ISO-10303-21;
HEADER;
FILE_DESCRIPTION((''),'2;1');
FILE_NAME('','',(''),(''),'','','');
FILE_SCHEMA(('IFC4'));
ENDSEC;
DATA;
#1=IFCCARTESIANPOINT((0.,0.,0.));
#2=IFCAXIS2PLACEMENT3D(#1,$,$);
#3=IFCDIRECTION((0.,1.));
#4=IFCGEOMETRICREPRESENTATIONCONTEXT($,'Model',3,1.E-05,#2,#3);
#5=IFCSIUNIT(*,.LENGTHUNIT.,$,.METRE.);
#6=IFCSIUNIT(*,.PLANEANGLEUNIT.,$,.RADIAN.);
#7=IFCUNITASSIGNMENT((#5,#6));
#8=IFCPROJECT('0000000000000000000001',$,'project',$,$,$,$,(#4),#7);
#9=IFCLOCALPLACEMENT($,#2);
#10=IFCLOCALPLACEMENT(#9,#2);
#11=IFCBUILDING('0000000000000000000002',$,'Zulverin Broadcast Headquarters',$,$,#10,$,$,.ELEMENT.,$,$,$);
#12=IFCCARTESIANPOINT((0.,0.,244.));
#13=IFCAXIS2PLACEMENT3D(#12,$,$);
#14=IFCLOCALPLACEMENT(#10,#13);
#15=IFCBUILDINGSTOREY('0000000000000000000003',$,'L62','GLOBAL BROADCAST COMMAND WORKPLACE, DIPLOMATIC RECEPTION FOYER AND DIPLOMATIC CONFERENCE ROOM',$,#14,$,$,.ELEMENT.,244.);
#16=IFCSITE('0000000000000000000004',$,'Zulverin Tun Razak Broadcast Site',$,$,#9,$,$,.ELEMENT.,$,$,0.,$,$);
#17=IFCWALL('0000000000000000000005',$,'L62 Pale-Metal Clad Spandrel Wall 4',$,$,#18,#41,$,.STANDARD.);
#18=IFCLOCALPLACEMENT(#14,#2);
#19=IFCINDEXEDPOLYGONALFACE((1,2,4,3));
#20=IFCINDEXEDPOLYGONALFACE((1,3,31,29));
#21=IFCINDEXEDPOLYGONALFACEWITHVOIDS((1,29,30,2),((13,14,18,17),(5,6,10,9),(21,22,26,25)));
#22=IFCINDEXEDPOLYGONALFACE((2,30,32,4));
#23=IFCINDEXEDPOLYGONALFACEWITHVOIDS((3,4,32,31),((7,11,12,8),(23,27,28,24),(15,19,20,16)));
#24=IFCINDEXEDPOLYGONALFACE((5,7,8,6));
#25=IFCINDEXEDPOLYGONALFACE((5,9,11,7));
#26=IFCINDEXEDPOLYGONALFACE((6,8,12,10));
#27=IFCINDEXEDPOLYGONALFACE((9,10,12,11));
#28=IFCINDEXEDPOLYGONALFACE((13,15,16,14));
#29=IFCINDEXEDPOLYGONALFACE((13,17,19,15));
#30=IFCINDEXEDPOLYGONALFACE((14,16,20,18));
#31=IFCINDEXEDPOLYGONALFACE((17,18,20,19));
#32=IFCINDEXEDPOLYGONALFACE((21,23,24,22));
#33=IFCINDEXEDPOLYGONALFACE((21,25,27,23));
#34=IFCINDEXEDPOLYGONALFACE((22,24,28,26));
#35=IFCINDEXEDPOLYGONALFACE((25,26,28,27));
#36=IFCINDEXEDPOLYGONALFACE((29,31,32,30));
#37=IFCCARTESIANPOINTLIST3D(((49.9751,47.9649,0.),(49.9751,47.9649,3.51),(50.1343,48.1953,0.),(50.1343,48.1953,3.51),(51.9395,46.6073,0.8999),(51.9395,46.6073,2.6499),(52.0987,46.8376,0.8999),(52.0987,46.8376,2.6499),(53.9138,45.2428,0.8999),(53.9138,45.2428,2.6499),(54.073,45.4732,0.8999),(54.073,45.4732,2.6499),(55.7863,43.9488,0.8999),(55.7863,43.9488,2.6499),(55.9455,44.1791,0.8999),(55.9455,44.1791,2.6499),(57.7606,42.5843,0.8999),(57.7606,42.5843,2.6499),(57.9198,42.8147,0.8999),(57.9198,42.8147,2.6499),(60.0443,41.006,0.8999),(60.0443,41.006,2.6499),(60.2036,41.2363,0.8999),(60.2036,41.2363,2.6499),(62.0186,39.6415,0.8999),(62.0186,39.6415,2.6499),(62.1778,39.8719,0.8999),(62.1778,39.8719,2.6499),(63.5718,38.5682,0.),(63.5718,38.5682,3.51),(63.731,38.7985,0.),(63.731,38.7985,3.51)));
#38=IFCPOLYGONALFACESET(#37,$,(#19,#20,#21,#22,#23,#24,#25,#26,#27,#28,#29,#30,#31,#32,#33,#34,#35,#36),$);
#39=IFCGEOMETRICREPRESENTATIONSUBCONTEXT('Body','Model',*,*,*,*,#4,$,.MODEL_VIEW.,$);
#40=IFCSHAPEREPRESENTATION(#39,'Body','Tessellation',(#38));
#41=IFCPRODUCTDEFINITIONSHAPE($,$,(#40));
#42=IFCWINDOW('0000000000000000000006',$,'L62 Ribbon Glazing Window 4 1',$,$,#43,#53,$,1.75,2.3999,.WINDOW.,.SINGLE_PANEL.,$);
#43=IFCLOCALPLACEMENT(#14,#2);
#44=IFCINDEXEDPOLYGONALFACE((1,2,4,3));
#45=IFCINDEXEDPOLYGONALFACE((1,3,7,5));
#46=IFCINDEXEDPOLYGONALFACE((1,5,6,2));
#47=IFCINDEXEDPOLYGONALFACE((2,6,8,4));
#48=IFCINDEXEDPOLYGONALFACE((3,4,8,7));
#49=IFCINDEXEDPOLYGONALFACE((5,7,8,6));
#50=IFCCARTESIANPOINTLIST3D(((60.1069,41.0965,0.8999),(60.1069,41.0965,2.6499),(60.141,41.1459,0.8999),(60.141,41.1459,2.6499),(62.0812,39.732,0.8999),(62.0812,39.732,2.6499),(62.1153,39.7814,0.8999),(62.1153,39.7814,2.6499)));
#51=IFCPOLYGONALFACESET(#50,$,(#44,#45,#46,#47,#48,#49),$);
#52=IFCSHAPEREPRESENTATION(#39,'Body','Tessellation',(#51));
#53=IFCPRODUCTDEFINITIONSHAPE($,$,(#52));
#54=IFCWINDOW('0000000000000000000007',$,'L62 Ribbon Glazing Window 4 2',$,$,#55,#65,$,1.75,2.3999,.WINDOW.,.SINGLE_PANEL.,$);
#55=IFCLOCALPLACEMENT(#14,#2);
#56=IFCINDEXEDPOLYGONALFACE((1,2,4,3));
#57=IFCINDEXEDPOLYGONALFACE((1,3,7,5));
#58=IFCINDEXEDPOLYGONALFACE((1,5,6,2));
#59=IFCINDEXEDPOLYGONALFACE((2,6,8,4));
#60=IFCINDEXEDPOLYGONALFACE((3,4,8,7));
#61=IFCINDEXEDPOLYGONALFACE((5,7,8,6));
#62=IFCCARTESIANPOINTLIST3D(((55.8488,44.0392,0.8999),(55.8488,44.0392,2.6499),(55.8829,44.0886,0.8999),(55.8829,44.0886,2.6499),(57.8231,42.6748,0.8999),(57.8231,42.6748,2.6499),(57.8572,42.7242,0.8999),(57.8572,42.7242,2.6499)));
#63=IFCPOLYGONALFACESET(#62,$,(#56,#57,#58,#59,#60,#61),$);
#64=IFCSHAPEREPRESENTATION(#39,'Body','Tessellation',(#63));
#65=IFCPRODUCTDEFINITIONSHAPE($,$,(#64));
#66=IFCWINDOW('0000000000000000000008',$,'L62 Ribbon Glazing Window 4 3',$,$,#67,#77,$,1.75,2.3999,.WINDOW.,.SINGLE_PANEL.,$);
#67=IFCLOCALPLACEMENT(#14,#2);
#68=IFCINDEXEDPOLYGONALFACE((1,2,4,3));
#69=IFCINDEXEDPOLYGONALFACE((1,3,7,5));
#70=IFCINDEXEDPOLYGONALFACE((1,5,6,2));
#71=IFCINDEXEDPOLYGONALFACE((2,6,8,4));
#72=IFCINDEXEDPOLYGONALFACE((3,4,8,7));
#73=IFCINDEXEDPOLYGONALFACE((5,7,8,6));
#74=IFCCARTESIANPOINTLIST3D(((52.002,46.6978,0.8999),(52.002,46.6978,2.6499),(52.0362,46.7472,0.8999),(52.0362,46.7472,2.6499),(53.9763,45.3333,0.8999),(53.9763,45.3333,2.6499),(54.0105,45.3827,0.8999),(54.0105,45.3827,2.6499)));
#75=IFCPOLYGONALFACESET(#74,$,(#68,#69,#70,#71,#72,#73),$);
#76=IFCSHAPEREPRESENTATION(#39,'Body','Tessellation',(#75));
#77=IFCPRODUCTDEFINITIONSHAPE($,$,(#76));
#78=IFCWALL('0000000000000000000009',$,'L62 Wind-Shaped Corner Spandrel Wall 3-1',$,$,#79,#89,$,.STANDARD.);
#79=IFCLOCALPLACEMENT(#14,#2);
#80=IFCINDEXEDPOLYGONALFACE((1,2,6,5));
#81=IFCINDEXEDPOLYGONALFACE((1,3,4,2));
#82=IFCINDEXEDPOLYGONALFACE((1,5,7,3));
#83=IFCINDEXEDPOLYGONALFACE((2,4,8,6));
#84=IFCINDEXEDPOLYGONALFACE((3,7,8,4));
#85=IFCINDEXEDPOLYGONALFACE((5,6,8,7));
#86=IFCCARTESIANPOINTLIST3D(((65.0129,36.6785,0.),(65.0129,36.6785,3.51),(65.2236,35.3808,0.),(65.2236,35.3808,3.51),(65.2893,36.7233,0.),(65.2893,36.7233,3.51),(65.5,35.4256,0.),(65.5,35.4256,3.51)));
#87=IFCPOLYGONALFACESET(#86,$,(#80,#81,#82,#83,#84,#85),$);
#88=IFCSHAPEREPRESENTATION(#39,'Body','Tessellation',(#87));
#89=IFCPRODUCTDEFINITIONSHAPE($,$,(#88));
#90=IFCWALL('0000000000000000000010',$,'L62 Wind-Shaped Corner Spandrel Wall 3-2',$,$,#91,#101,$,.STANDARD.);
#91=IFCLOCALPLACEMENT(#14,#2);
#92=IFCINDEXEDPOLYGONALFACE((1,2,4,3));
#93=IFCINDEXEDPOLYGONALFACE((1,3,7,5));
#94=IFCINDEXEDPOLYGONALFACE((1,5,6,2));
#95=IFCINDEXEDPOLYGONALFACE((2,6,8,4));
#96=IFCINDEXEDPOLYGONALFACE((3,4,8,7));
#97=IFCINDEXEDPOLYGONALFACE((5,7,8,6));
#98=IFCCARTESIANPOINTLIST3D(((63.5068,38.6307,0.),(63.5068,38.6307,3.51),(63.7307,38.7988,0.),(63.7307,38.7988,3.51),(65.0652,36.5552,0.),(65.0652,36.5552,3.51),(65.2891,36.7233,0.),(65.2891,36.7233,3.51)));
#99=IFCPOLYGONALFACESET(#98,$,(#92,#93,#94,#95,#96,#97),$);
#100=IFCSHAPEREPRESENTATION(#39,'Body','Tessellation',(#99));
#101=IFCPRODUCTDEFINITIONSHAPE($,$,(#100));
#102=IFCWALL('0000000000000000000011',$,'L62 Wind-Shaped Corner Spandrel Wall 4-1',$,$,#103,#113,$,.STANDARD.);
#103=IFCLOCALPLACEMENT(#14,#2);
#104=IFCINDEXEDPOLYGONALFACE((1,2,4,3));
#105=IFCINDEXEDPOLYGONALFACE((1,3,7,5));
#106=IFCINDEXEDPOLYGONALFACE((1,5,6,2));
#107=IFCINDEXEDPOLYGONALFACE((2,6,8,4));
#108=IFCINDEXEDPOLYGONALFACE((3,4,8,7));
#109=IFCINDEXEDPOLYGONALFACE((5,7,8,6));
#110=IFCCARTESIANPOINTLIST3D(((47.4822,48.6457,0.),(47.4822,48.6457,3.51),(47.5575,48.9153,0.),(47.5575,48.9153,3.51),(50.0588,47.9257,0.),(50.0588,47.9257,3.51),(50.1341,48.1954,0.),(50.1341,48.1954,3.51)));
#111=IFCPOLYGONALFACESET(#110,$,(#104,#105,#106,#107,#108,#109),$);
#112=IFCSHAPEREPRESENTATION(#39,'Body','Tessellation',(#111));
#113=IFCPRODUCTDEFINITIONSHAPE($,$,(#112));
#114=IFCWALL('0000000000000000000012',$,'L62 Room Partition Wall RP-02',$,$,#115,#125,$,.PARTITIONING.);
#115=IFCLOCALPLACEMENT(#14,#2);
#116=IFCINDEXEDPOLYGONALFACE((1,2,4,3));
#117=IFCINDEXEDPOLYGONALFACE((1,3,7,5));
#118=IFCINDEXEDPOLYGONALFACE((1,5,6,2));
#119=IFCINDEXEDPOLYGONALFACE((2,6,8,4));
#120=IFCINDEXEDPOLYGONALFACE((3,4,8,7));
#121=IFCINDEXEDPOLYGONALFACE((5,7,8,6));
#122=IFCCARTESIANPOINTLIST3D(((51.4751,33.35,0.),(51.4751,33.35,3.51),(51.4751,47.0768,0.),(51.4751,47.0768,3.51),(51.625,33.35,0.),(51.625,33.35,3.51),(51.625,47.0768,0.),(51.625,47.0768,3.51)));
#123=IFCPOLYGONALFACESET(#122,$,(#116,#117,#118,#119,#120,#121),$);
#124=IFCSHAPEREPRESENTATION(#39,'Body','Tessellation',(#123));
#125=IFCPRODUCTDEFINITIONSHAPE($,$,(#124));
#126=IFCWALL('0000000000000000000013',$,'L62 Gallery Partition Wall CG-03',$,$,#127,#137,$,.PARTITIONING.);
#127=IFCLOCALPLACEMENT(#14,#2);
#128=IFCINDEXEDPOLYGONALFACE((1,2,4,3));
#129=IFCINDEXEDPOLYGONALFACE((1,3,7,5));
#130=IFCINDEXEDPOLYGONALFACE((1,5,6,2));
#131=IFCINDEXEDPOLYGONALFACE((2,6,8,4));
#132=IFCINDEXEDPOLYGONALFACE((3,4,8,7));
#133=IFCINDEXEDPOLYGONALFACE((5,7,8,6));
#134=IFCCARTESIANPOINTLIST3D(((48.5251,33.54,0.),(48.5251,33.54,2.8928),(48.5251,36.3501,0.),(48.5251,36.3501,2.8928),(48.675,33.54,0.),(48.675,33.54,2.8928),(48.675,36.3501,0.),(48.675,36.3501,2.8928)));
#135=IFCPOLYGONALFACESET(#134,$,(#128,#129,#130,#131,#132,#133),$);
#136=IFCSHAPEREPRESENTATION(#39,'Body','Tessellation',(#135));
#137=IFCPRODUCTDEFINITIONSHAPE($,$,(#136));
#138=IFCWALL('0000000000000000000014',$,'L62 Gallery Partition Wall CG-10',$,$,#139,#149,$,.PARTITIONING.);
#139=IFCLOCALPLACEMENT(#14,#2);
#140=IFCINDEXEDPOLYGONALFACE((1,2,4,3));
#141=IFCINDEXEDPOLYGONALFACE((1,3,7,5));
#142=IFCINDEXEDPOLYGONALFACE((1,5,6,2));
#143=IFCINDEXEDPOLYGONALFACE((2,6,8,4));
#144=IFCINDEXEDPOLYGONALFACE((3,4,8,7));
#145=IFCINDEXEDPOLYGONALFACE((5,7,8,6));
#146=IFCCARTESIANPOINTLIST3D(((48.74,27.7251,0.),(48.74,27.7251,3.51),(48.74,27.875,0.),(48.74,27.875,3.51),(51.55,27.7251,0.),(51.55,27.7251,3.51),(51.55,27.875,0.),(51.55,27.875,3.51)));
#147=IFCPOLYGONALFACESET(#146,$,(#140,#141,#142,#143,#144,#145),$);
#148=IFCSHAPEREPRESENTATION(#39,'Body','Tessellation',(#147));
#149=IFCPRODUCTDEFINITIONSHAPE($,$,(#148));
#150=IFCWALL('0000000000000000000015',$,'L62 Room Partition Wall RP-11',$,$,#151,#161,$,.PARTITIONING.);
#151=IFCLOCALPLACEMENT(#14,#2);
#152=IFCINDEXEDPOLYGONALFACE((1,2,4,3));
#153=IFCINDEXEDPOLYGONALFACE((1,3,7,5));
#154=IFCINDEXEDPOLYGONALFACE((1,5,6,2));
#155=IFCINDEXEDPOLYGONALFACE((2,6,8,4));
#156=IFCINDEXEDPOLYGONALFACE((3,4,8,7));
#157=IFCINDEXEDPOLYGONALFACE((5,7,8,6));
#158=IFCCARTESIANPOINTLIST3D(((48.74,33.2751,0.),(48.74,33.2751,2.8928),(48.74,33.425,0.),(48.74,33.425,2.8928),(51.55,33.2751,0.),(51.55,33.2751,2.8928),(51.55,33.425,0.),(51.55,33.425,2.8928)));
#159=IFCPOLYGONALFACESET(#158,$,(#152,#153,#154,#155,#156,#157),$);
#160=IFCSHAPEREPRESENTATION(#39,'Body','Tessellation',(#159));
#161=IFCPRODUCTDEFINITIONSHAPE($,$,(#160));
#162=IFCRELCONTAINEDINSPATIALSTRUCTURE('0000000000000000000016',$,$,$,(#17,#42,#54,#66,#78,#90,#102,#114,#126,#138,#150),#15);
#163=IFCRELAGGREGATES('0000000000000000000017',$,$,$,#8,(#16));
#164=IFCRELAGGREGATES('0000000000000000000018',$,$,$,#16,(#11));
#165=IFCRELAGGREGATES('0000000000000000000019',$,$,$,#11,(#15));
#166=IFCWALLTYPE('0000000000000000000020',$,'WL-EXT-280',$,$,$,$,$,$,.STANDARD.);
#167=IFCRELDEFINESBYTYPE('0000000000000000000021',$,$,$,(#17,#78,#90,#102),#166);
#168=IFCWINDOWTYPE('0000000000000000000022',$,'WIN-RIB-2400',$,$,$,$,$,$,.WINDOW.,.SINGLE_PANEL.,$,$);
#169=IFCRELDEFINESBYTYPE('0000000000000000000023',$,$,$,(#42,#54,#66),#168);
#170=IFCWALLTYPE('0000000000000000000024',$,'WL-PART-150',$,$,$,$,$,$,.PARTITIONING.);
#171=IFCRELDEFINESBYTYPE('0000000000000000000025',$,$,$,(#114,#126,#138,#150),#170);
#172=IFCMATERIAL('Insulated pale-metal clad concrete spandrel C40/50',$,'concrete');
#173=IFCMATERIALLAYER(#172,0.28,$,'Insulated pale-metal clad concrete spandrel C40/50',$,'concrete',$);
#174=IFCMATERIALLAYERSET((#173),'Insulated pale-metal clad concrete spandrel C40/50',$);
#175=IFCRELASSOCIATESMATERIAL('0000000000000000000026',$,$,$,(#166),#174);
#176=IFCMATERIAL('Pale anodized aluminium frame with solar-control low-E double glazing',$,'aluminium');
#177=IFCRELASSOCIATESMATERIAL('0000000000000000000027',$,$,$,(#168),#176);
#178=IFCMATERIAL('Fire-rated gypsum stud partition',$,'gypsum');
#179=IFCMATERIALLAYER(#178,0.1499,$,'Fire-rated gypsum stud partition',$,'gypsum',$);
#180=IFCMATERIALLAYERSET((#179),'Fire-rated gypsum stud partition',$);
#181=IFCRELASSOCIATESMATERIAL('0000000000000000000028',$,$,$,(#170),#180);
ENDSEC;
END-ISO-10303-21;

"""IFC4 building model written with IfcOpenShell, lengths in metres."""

from ifc_helpers import new_model, si_unit, direction, frame, frame_2d, origin, place, context, subcontext, project, spatial, rectangle, extrude, material, layer, layer_set, type_object, element, fill, save


model = new_model("IFC4")

# Units and contexts
model_context = context("Model", 3, precision=1e-05, world=origin(), true_north=direction((0.0, 1.0)))
body_context = subcontext(model_context, "Body", "Model", "MODEL_VIEW")
ifc_project = project(units=[si_unit("LENGTHUNIT", "METRE"), si_unit("PLANEANGLEUNIT", "RADIAN")], contexts=[model_context])

# Site, building, storey
site_placement = place(None, origin())
site = spatial("IfcSite", under=ifc_project, at=site_placement, Name="Zulverin Tun Razak Broadcast Site", CompositionType="ELEMENT", RefElevation=0.0)
building_placement = place(site_placement, origin())
building = spatial("IfcBuilding", under=site, at=building_placement, Name="Zulverin Broadcast Headquarters", CompositionType="ELEMENT")
storey_placement = place(building_placement, frame((0.0, 0.0, 244.0)))
storey = spatial("IfcBuildingStorey", under=building, at=storey_placement, Name="L62", Description="GLOBAL BROADCAST COMMAND WORKPLACE, DIPLOMATIC RECEPTION FOYER AND DIPLOMATIC CONFERENCE ROOM", CompositionType="ELEMENT", Elevation=244.0)

# Wall, openings, windows
ifc_material_1 = material(Name="Insulated pale-metal clad concrete spandrel C40/50", Category="concrete")
ifc_layer_1 = layer(ifc_material_1, 0.28, Name="Insulated pale-metal clad concrete spandrel C40/50", Category="concrete")
ifc_layer_set_1 = layer_set([ifc_layer_1], Name="Insulated pale-metal clad concrete spandrel C40/50")
wall_type_1 = type_object("IfcWallType", Name="WL-EXT-280", PredefinedType="STANDARD", material=ifc_layer_set_1)
wall_1_placement = place(storey_placement, frame((63.6514, 38.6833, 0.0), z_axis=(0.0, 0.0, 1.0), x_axis=(-0.822655, 0.568541, 0.0)))
wall_1 = element("IfcWall", 1, at=wall_1_placement, inside=storey, type_object=wall_type_1, Name="L62 Pale-Metal Clad Spandrel Wall 4", PredefinedType="STANDARD", context=body_context, shape_type="SweptSolid", body=[
    extrude(rectangle(XDim=16.5278, YDim=0.28, at=frame_2d((8.2639, 0.0))), origin(), (0.0, 0.0, 1.0), 3.51),
])
opening_1_placement = place(wall_1_placement, frame((1.8879, 0.0, 0.8999)))
opening_1 = element("IfcOpeningElement", 2, at=opening_1_placement, cuts=wall_1, PredefinedType="OPENING", context=body_context, shape_type="SweptSolid", body=[
    extrude(rectangle(XDim=2.3999, YDim=1.75, at=frame_2d((1.2, 0.875))), frame((0.0, 0.1499, 0.0), z_axis=(0.0, -1.0, 0.0), x_axis=(1.0, 0.0, 0.0)), (0.0, 0.0, 1.0), 0.3),
])
opening_2_placement = place(wall_1_placement, frame((7.064, 0.0, 0.8999)))
opening_2 = element("IfcOpeningElement", 3, at=opening_2_placement, cuts=wall_1, PredefinedType="OPENING", context=body_context, shape_type="SweptSolid", body=[
    extrude(rectangle(XDim=2.3999, YDim=1.75, at=frame_2d((1.2, 0.875))), frame((0.0, 0.1499, 0.0), z_axis=(0.0, -1.0, 0.0), x_axis=(1.0, 0.0, 0.0)), (0.0, 0.0, 1.0), 0.3),
])
opening_3_placement = place(wall_1_placement, frame((11.74, 0.0, 0.8999)))
opening_3 = element("IfcOpeningElement", 4, at=opening_3_placement, cuts=wall_1, PredefinedType="OPENING", context=body_context, shape_type="SweptSolid", body=[
    extrude(rectangle(XDim=2.3999, YDim=1.75, at=frame_2d((1.2, 0.875))), frame((0.0, 0.1499, 0.0), z_axis=(0.0, -1.0, 0.0), x_axis=(1.0, 0.0, 0.0)), (0.0, 0.0, 1.0), 0.3),
])
ifc_material_2 = material(Name="Pale anodized aluminium frame with solar-control low-E double glazing", Category="aluminium")
window_type = type_object("IfcWindowType", Name="WIN-RIB-2400", PartitioningType="SINGLE_PANEL", PredefinedType="WINDOW", material=ifc_material_2)
window_1_placement = place(opening_1_placement, origin())
window_1 = element("IfcWindow", 5, at=window_1_placement, inside=storey, type_object=window_type, Name="L62 Ribbon Glazing Window 4 1", OverallHeight=1.75, OverallWidth=2.3999, PartitioningType="SINGLE_PANEL", PredefinedType="WINDOW", context=body_context, shape_type="SweptSolid", body=[
    extrude(rectangle(XDim=2.3999, YDim=1.75, at=frame_2d((1.2, 0.875))), frame((0.0, 0.03, 0.0), z_axis=(0.0, -1.0, 0.0), x_axis=(1.0, 0.0, 0.0)), (0.0, 0.0, 1.0), 0.0601),
])
fill(opening_1, window_1)
window_2_placement = place(opening_2_placement, origin())
window_2 = element("IfcWindow", 6, at=window_2_placement, inside=storey, type_object=window_type, Name="L62 Ribbon Glazing Window 4 2", OverallHeight=1.75, OverallWidth=2.3999, PartitioningType="SINGLE_PANEL", PredefinedType="WINDOW", context=body_context, shape_type="SweptSolid", body=[
    extrude(rectangle(XDim=2.3999, YDim=1.75, at=frame_2d((1.2, 0.875))), frame((0.0, 0.03, 0.0), z_axis=(0.0, -1.0, 0.0), x_axis=(1.0, 0.0, 0.0)), (0.0, 0.0, 1.0), 0.0601),
])
fill(opening_2, window_2)
window_3_placement = place(opening_3_placement, origin())
window_3 = element("IfcWindow", 7, at=window_3_placement, inside=storey, type_object=window_type, Name="L62 Ribbon Glazing Window 4 3", OverallHeight=1.75, OverallWidth=2.3999, PartitioningType="SINGLE_PANEL", PredefinedType="WINDOW", context=body_context, shape_type="SweptSolid", body=[
    extrude(rectangle(XDim=2.3999, YDim=1.75, at=frame_2d((1.2, 0.875))), frame((0.0, 0.03, 0.0), z_axis=(0.0, -1.0, 0.0), x_axis=(1.0, 0.0, 0.0)), (0.0, 0.0, 1.0), 0.0601),
])
fill(opening_3, window_3)

# Walls
wall_2_placement = place(storey_placement, frame((65.3618, 35.4033, 0.0), z_axis=(0.0, 0.0, 1.0), x_axis=(-0.160272, 0.987073, 0.0)))
element("IfcWall", 8, at=wall_2_placement, inside=storey, type_object=wall_type_1, Name="L62 Wind-Shaped Corner Spandrel Wall 3-1", PredefinedType="STANDARD", context=body_context, shape_type="SweptSolid", body=[
    extrude(rectangle(XDim=1.3147, YDim=0.28, at=frame_2d((0.6572, 0.0))), origin(), (0.0, 0.0, 1.0), 3.51),
])
wall_3_placement = place(storey_placement, frame((65.1772, 36.6392, 0.0), z_axis=(0.0, 0.0, 1.0), x_axis=(-0.600436, 0.799673, 0.0)))
element("IfcWall", 9, at=wall_3_placement, inside=storey, type_object=wall_type_1, Name="L62 Wind-Shaped Corner Spandrel Wall 3-2", PredefinedType="STANDARD", context=body_context, shape_type="SweptSolid", body=[
    extrude(rectangle(XDim=2.5955, YDim=0.28, at=frame_2d((1.2979, 0.0))), origin(), (0.0, 0.0, 1.0), 3.51),
])
wall_4_placement = place(storey_placement, frame((50.0964, 48.0605, 0.0), z_axis=(0.0, 0.0, 1.0), x_axis=(-0.963109, 0.269112, 0.0)))
element("IfcWall", 10, at=wall_4_placement, inside=storey, type_object=wall_type_1, Name="L62 Wind-Shaped Corner Spandrel Wall 4-1", PredefinedType="STANDARD", context=body_context, shape_type="SweptSolid", body=[
    extrude(rectangle(XDim=2.6753, YDim=0.28, at=frame_2d((1.3376, 0.0))), origin(), (0.0, 0.0, 1.0), 3.51),
])
ifc_material_3 = material(Name="Fire-rated gypsum stud partition", Category="gypsum")
ifc_layer_2 = layer(ifc_material_3, 0.1499, Name="Fire-rated gypsum stud partition", Category="gypsum")
ifc_layer_set_2 = layer_set([ifc_layer_2], Name="Fire-rated gypsum stud partition")
wall_type_2 = type_object("IfcWallType", Name="WL-PART-150", PredefinedType="PARTITIONING", material=ifc_layer_set_2)
wall_5_placement = place(storey_placement, frame((51.55, 33.3501, 0.0), z_axis=(0.0, 0.0, 1.0), x_axis=(0.0, 1.0, 0.0)))
element("IfcWall", 11, at=wall_5_placement, inside=storey, type_object=wall_type_2, Name="L62 Room Partition Wall RP-02", PredefinedType="PARTITIONING", context=body_context, shape_type="SweptSolid", body=[
    extrude(rectangle(XDim=13.7268, YDim=0.1499, at=frame_2d((6.8633, 0.0))), origin(), (0.0, 0.0, 1.0), 3.51),
])
wall_6_placement = place(storey_placement, frame((48.6001, 33.54, 0.0), z_axis=(0.0, 0.0, 1.0), x_axis=(0.0, 1.0, 0.0)))
element("IfcWall", 12, at=wall_6_placement, inside=storey, type_object=wall_type_2, Name="L62 Gallery Partition Wall CG-03", PredefinedType="PARTITIONING", context=body_context, shape_type="SweptSolid", body=[
    extrude(rectangle(XDim=2.8101, YDim=0.1499, at=frame_2d((1.405, 0.0))), origin(), (0.0, 0.0, 1.0), 2.8928),
])
wall_7_placement = place(storey_placement, frame((48.74, 27.8, 0.0), z_axis=(0.0, 0.0, 1.0), x_axis=(1.0, 0.0, 0.0)))
element("IfcWall", 13, at=wall_7_placement, inside=storey, type_object=wall_type_2, Name="L62 Gallery Partition Wall CG-10", PredefinedType="PARTITIONING", context=body_context, shape_type="SweptSolid", body=[
    extrude(rectangle(XDim=2.8101, YDim=0.1499, at=frame_2d((1.405, 0.0))), origin(), (0.0, 0.0, 1.0), 3.51),
])
wall_8_placement = place(storey_placement, frame((48.74, 33.3501, 0.0), z_axis=(0.0, 0.0, 1.0), x_axis=(1.0, 0.0, 0.0)))
element("IfcWall", 14, at=wall_8_placement, inside=storey, type_object=wall_type_2, Name="L62 Room Partition Wall RP-11", PredefinedType="PARTITIONING", context=body_context, shape_type="SweptSolid", body=[
    extrude(rectangle(XDim=2.8101, YDim=0.1499, at=frame_2d((1.405, 0.0))), origin(), (0.0, 0.0, 1.0), 2.8928),
])

save(model, "model.ifc")
